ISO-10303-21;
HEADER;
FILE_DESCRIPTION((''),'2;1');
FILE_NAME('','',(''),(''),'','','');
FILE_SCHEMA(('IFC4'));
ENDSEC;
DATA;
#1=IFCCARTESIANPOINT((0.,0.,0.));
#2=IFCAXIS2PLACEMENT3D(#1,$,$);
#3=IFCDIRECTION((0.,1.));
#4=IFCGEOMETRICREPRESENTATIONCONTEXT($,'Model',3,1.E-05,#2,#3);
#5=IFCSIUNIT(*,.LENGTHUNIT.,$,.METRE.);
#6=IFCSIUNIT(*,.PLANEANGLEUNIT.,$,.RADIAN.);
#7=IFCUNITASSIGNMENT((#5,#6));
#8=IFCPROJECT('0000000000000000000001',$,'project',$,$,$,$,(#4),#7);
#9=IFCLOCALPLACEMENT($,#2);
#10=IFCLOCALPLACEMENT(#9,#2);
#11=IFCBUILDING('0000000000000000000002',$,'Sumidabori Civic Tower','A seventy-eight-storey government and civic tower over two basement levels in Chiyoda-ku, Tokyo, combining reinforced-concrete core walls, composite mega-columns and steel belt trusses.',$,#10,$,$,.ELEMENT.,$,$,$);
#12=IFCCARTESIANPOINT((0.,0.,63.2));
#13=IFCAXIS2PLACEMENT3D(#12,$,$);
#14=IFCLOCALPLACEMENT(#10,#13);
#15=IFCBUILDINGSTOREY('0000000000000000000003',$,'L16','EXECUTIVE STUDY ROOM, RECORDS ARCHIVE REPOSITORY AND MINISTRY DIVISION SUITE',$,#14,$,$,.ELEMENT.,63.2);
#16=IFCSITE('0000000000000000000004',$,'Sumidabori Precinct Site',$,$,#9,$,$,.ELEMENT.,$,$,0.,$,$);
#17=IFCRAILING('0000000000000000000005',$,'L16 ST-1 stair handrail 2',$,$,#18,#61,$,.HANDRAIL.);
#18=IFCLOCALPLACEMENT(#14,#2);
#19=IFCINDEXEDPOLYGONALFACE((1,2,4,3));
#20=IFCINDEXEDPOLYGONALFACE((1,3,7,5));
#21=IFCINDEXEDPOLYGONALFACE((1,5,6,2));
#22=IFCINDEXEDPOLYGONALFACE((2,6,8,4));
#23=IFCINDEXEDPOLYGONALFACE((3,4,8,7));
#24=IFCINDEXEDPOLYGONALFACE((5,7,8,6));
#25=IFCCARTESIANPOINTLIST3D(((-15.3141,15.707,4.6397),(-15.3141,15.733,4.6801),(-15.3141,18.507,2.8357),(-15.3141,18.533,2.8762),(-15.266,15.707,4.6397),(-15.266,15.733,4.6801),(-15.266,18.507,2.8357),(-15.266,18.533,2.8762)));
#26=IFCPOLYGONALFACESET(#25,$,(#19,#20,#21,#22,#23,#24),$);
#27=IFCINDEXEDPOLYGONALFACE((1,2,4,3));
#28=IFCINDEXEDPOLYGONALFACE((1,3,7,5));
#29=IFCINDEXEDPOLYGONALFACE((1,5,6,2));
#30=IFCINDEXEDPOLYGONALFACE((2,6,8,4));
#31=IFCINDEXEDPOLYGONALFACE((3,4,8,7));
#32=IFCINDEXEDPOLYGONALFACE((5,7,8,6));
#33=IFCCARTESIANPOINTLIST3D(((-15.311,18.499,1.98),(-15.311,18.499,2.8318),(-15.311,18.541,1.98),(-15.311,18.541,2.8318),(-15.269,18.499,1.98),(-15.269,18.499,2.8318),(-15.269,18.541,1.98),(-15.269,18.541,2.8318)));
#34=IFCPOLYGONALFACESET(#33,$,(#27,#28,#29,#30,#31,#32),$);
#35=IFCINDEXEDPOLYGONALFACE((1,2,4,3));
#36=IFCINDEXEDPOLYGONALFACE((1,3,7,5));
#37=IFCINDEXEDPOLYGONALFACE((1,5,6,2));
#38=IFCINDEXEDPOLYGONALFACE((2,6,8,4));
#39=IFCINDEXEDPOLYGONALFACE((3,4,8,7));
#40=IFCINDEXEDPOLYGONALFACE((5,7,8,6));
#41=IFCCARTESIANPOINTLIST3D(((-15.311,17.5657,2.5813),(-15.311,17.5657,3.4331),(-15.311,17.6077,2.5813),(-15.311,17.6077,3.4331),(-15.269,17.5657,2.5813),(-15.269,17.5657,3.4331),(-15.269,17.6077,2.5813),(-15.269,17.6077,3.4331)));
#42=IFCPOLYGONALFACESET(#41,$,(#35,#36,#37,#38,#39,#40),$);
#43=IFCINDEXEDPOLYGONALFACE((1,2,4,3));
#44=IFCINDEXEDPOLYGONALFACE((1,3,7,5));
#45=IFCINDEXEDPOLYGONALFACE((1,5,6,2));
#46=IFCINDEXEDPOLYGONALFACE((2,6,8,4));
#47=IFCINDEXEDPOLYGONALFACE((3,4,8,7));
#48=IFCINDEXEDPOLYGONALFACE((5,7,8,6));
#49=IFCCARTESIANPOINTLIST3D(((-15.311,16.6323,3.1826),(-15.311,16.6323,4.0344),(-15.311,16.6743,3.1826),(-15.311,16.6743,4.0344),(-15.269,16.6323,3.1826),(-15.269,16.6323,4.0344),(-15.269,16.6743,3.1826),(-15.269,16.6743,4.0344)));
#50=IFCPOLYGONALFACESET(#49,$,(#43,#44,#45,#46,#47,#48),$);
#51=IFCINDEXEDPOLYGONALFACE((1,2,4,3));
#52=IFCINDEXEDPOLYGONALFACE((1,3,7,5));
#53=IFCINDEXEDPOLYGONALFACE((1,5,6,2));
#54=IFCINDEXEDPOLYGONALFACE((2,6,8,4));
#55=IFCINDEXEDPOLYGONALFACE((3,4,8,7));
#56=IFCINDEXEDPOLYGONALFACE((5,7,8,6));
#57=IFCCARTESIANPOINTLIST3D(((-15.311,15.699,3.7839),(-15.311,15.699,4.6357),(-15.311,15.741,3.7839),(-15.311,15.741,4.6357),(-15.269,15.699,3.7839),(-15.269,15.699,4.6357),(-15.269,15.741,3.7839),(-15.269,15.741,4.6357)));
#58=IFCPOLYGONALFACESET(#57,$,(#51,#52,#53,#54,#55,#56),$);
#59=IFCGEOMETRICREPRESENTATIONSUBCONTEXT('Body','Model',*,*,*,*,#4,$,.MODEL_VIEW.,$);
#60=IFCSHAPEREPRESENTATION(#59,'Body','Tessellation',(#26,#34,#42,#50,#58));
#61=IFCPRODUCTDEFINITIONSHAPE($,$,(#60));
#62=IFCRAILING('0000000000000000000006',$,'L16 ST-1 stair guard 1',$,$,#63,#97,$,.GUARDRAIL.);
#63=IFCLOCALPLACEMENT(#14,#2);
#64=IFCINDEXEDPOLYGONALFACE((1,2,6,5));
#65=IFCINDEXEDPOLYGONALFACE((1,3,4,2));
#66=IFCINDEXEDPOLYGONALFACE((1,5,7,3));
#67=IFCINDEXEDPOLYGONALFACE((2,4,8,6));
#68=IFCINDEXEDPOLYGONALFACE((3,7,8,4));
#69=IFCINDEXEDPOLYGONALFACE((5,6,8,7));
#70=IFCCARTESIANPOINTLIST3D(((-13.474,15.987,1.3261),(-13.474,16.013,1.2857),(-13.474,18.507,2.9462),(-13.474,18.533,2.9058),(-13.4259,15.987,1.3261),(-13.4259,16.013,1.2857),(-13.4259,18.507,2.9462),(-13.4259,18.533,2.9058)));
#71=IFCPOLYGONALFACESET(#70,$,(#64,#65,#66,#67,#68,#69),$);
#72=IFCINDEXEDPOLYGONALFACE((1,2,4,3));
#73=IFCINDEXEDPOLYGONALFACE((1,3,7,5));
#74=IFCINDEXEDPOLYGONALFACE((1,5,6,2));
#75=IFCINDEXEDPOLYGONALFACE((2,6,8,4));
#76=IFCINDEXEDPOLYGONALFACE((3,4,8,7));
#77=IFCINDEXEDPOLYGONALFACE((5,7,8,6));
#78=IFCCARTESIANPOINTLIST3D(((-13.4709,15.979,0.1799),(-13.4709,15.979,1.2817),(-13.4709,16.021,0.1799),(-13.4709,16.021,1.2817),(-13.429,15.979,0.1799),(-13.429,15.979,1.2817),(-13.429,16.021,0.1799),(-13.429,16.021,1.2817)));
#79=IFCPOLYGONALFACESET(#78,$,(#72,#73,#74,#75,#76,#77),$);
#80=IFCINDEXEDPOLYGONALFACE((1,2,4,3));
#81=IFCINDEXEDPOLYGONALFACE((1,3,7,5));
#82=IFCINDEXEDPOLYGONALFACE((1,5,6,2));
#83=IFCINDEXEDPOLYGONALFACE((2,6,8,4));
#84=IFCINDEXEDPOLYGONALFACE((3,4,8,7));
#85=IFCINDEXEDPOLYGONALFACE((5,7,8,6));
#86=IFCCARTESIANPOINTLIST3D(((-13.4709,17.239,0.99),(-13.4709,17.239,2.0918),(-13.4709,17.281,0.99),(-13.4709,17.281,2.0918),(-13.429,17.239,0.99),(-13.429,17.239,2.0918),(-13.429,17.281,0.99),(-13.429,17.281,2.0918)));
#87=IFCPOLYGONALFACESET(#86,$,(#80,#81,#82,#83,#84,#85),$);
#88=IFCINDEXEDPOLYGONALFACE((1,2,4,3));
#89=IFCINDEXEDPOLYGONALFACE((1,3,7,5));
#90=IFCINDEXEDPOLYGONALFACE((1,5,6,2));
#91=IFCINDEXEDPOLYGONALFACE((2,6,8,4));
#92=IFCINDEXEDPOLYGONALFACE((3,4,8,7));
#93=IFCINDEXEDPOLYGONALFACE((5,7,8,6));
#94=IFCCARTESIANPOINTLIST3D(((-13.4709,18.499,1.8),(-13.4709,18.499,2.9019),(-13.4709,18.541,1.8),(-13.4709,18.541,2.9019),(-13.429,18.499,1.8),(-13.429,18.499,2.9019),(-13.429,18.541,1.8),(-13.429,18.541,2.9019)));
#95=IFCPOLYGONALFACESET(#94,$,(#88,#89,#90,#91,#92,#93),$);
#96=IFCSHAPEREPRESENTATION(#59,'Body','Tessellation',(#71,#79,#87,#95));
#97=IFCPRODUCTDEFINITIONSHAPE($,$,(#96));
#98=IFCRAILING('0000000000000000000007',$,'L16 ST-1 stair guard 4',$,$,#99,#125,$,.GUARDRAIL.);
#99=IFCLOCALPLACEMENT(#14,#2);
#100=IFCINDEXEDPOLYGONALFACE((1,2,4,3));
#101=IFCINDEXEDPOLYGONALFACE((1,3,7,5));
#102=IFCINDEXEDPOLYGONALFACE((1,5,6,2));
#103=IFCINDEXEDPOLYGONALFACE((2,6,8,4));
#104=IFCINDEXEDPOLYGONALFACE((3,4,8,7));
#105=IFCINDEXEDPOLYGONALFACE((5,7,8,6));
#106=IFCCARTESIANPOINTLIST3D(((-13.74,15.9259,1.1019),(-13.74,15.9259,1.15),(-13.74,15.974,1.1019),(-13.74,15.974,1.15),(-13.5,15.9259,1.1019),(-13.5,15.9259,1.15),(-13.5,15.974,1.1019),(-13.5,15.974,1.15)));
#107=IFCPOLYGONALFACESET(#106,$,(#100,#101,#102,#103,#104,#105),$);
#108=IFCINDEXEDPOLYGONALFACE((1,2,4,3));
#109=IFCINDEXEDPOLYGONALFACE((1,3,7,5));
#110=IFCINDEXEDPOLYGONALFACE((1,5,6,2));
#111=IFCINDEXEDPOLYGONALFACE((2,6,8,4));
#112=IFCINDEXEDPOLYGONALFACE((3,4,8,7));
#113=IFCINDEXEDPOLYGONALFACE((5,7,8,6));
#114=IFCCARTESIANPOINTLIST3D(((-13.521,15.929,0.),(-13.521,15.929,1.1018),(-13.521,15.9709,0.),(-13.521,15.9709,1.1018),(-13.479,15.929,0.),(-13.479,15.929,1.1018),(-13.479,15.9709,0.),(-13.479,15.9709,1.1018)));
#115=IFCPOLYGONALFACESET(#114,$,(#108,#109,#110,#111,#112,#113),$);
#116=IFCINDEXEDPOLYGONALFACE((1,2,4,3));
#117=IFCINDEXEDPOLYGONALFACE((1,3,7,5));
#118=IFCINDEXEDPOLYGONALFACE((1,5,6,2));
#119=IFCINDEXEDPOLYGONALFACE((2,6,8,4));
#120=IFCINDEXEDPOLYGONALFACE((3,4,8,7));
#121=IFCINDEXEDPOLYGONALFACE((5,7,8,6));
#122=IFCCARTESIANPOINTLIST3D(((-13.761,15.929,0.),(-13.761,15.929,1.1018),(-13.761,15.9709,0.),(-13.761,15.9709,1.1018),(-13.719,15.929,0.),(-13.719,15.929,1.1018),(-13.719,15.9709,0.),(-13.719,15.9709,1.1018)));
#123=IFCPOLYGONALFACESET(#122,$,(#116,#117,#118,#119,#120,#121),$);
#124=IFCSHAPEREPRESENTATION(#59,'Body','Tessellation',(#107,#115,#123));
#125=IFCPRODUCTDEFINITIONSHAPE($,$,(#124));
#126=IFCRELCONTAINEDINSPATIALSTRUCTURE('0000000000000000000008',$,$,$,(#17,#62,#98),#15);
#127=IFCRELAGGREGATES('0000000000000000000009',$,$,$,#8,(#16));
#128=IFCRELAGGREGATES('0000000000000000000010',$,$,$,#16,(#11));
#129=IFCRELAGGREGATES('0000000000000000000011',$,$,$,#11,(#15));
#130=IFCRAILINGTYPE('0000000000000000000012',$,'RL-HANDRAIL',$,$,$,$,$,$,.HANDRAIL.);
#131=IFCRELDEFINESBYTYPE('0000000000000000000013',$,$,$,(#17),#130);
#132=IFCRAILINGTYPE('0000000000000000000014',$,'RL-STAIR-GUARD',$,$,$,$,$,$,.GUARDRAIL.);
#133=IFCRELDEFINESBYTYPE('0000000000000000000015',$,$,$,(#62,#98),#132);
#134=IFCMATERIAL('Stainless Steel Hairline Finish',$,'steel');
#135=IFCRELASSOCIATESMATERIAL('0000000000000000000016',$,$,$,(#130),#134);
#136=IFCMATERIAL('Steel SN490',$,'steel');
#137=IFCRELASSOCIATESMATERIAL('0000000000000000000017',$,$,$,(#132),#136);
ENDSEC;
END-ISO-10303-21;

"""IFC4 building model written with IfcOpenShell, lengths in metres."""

from ifc_helpers import new_model, si_unit, direction, frame, origin, origin_2d, place, context, subcontext, project, spatial, rectangle, extrude, material, type_object, element, save


model = new_model("IFC4")

# Units and contexts
model_context = context("Model", 3, precision=1e-05, world=origin(), true_north=direction((0.0, 1.0)))
body_context = subcontext(model_context, "Body", "Model", "MODEL_VIEW")
ifc_project = project(units=[si_unit("LENGTHUNIT", "METRE"), si_unit("PLANEANGLEUNIT", "RADIAN")], contexts=[model_context])

# Site, building, storey
site_placement = place(None, origin())
site = spatial("IfcSite", under=ifc_project, at=site_placement, Name="Sumidabori Precinct Site", CompositionType="ELEMENT", RefElevation=0.0)
building_placement = place(site_placement, origin())
building = spatial("IfcBuilding", under=site, at=building_placement, Name="Sumidabori Civic Tower", Description="A seventy-eight-storey government and civic tower over two basement levels in Chiyoda-ku, Tokyo, combining reinforced-concrete core walls, composite mega-columns and steel belt trusses.", CompositionType="ELEMENT")
storey_placement = place(building_placement, frame((0.0, 0.0, 63.2)))
storey = spatial("IfcBuildingStorey", under=building, at=storey_placement, Name="L16", Description="EXECUTIVE STUDY ROOM, RECORDS ARCHIVE REPOSITORY AND MINISTRY DIVISION SUITE", CompositionType="ELEMENT", Elevation=63.2)

# Shared definitions
ifc_material_1 = material(Name="Steel SN490", Category="steel")

# Shared definitions
ifc_material_2 = material(Name="Stainless Steel Hairline Finish", Category="steel")

# Railings
railing_type_1 = type_object("IfcRailingType", Name="RL-HANDRAIL", PredefinedType="HANDRAIL", material=ifc_material_2)
railing_1_placement = place(storey_placement, frame((-15.29, 18.52, 1.98)))
element("IfcRailing", 1, at=railing_1_placement, inside=storey, type_object=railing_type_1, Name="L16 ST-1 stair handrail 2", PredefinedType="HANDRAIL", context=body_context, shape_type="SweptSolid", body=[
    extrude(rectangle(XDim=0.0481, YDim=0.0481, at=origin_2d()), frame((0.0, 0.0, 0.876), z_axis=(0.0, -0.840642, 0.541591), x_axis=(1.0, 0.0, 0.0)), (0.0, 0.0, 1.0), 3.3308),
    extrude(rectangle(XDim=0.042, YDim=0.042, at=origin_2d()), origin(), (0.0, 0.0, 1.0), 0.8518),
    extrude(rectangle(XDim=0.042, YDim=0.042, at=origin_2d()), frame((0.0, -0.9333, 0.6013)), (0.0, 0.0, 1.0), 0.8518),
    extrude(rectangle(XDim=0.042, YDim=0.042, at=origin_2d()), frame((0.0, -1.8667, 1.2026)), (0.0, 0.0, 1.0), 0.8518),
    extrude(rectangle(XDim=0.042, YDim=0.042, at=origin_2d()), frame((0.0, -2.8, 1.804)), (0.0, 0.0, 1.0), 0.8518),
])
railing_type_2 = type_object("IfcRailingType", Name="RL-STAIR-GUARD", PredefinedType="GUARDRAIL", material=ifc_material_1)
railing_2_placement = place(storey_placement, frame((-13.45, 16.0, 0.1799)))
element("IfcRailing", 2, at=railing_2_placement, inside=storey, type_object=railing_type_2, Name="L16 ST-1 stair guard 1", PredefinedType="GUARDRAIL", context=body_context, shape_type="SweptSolid", body=[
    extrude(rectangle(XDim=0.0481, YDim=0.0481, at=origin_2d()), frame((0.0, 0.0, 1.126), z_axis=(0.0, 0.841163, 0.540782), x_axis=(-1.0, 0.0, 0.0)), (0.0, 0.0, 1.0), 2.9958),
    extrude(rectangle(XDim=0.042, YDim=0.042, at=origin_2d()), origin(), (0.0, 0.0, 1.0), 1.1018),
    extrude(rectangle(XDim=0.042, YDim=0.042, at=origin_2d()), frame((0.0, 1.26, 0.8101)), (0.0, 0.0, 1.0), 1.1018),
    extrude(rectangle(XDim=0.042, YDim=0.042, at=origin_2d()), frame((0.0, 2.52, 1.6201)), (0.0, 0.0, 1.0), 1.1018),
])
railing_3_placement = place(storey_placement, frame((-13.5, 15.95, 0.0)))
element("IfcRailing", 3, at=railing_3_placement, inside=storey, type_object=railing_type_2, Name="L16 ST-1 stair guard 4", PredefinedType="GUARDRAIL", context=body_context, shape_type="SweptSolid", body=[
    extrude(rectangle(XDim=0.0481, YDim=0.0481, at=origin_2d()), frame((0.0, 0.0, 1.126), z_axis=(-1.0, 0.0, 0.0), x_axis=(0.0, -1.0, 0.0)), (0.0, 0.0, 1.0), 0.24),
    extrude(rectangle(XDim=0.042, YDim=0.042, at=origin_2d()), origin(), (0.0, 0.0, 1.0), 1.1018),
    extrude(rectangle(XDim=0.042, YDim=0.042, at=origin_2d()), frame((-0.24, 0.0, 0.0)), (0.0, 0.0, 1.0), 1.1018),
])

save(model, "model.ifc")
